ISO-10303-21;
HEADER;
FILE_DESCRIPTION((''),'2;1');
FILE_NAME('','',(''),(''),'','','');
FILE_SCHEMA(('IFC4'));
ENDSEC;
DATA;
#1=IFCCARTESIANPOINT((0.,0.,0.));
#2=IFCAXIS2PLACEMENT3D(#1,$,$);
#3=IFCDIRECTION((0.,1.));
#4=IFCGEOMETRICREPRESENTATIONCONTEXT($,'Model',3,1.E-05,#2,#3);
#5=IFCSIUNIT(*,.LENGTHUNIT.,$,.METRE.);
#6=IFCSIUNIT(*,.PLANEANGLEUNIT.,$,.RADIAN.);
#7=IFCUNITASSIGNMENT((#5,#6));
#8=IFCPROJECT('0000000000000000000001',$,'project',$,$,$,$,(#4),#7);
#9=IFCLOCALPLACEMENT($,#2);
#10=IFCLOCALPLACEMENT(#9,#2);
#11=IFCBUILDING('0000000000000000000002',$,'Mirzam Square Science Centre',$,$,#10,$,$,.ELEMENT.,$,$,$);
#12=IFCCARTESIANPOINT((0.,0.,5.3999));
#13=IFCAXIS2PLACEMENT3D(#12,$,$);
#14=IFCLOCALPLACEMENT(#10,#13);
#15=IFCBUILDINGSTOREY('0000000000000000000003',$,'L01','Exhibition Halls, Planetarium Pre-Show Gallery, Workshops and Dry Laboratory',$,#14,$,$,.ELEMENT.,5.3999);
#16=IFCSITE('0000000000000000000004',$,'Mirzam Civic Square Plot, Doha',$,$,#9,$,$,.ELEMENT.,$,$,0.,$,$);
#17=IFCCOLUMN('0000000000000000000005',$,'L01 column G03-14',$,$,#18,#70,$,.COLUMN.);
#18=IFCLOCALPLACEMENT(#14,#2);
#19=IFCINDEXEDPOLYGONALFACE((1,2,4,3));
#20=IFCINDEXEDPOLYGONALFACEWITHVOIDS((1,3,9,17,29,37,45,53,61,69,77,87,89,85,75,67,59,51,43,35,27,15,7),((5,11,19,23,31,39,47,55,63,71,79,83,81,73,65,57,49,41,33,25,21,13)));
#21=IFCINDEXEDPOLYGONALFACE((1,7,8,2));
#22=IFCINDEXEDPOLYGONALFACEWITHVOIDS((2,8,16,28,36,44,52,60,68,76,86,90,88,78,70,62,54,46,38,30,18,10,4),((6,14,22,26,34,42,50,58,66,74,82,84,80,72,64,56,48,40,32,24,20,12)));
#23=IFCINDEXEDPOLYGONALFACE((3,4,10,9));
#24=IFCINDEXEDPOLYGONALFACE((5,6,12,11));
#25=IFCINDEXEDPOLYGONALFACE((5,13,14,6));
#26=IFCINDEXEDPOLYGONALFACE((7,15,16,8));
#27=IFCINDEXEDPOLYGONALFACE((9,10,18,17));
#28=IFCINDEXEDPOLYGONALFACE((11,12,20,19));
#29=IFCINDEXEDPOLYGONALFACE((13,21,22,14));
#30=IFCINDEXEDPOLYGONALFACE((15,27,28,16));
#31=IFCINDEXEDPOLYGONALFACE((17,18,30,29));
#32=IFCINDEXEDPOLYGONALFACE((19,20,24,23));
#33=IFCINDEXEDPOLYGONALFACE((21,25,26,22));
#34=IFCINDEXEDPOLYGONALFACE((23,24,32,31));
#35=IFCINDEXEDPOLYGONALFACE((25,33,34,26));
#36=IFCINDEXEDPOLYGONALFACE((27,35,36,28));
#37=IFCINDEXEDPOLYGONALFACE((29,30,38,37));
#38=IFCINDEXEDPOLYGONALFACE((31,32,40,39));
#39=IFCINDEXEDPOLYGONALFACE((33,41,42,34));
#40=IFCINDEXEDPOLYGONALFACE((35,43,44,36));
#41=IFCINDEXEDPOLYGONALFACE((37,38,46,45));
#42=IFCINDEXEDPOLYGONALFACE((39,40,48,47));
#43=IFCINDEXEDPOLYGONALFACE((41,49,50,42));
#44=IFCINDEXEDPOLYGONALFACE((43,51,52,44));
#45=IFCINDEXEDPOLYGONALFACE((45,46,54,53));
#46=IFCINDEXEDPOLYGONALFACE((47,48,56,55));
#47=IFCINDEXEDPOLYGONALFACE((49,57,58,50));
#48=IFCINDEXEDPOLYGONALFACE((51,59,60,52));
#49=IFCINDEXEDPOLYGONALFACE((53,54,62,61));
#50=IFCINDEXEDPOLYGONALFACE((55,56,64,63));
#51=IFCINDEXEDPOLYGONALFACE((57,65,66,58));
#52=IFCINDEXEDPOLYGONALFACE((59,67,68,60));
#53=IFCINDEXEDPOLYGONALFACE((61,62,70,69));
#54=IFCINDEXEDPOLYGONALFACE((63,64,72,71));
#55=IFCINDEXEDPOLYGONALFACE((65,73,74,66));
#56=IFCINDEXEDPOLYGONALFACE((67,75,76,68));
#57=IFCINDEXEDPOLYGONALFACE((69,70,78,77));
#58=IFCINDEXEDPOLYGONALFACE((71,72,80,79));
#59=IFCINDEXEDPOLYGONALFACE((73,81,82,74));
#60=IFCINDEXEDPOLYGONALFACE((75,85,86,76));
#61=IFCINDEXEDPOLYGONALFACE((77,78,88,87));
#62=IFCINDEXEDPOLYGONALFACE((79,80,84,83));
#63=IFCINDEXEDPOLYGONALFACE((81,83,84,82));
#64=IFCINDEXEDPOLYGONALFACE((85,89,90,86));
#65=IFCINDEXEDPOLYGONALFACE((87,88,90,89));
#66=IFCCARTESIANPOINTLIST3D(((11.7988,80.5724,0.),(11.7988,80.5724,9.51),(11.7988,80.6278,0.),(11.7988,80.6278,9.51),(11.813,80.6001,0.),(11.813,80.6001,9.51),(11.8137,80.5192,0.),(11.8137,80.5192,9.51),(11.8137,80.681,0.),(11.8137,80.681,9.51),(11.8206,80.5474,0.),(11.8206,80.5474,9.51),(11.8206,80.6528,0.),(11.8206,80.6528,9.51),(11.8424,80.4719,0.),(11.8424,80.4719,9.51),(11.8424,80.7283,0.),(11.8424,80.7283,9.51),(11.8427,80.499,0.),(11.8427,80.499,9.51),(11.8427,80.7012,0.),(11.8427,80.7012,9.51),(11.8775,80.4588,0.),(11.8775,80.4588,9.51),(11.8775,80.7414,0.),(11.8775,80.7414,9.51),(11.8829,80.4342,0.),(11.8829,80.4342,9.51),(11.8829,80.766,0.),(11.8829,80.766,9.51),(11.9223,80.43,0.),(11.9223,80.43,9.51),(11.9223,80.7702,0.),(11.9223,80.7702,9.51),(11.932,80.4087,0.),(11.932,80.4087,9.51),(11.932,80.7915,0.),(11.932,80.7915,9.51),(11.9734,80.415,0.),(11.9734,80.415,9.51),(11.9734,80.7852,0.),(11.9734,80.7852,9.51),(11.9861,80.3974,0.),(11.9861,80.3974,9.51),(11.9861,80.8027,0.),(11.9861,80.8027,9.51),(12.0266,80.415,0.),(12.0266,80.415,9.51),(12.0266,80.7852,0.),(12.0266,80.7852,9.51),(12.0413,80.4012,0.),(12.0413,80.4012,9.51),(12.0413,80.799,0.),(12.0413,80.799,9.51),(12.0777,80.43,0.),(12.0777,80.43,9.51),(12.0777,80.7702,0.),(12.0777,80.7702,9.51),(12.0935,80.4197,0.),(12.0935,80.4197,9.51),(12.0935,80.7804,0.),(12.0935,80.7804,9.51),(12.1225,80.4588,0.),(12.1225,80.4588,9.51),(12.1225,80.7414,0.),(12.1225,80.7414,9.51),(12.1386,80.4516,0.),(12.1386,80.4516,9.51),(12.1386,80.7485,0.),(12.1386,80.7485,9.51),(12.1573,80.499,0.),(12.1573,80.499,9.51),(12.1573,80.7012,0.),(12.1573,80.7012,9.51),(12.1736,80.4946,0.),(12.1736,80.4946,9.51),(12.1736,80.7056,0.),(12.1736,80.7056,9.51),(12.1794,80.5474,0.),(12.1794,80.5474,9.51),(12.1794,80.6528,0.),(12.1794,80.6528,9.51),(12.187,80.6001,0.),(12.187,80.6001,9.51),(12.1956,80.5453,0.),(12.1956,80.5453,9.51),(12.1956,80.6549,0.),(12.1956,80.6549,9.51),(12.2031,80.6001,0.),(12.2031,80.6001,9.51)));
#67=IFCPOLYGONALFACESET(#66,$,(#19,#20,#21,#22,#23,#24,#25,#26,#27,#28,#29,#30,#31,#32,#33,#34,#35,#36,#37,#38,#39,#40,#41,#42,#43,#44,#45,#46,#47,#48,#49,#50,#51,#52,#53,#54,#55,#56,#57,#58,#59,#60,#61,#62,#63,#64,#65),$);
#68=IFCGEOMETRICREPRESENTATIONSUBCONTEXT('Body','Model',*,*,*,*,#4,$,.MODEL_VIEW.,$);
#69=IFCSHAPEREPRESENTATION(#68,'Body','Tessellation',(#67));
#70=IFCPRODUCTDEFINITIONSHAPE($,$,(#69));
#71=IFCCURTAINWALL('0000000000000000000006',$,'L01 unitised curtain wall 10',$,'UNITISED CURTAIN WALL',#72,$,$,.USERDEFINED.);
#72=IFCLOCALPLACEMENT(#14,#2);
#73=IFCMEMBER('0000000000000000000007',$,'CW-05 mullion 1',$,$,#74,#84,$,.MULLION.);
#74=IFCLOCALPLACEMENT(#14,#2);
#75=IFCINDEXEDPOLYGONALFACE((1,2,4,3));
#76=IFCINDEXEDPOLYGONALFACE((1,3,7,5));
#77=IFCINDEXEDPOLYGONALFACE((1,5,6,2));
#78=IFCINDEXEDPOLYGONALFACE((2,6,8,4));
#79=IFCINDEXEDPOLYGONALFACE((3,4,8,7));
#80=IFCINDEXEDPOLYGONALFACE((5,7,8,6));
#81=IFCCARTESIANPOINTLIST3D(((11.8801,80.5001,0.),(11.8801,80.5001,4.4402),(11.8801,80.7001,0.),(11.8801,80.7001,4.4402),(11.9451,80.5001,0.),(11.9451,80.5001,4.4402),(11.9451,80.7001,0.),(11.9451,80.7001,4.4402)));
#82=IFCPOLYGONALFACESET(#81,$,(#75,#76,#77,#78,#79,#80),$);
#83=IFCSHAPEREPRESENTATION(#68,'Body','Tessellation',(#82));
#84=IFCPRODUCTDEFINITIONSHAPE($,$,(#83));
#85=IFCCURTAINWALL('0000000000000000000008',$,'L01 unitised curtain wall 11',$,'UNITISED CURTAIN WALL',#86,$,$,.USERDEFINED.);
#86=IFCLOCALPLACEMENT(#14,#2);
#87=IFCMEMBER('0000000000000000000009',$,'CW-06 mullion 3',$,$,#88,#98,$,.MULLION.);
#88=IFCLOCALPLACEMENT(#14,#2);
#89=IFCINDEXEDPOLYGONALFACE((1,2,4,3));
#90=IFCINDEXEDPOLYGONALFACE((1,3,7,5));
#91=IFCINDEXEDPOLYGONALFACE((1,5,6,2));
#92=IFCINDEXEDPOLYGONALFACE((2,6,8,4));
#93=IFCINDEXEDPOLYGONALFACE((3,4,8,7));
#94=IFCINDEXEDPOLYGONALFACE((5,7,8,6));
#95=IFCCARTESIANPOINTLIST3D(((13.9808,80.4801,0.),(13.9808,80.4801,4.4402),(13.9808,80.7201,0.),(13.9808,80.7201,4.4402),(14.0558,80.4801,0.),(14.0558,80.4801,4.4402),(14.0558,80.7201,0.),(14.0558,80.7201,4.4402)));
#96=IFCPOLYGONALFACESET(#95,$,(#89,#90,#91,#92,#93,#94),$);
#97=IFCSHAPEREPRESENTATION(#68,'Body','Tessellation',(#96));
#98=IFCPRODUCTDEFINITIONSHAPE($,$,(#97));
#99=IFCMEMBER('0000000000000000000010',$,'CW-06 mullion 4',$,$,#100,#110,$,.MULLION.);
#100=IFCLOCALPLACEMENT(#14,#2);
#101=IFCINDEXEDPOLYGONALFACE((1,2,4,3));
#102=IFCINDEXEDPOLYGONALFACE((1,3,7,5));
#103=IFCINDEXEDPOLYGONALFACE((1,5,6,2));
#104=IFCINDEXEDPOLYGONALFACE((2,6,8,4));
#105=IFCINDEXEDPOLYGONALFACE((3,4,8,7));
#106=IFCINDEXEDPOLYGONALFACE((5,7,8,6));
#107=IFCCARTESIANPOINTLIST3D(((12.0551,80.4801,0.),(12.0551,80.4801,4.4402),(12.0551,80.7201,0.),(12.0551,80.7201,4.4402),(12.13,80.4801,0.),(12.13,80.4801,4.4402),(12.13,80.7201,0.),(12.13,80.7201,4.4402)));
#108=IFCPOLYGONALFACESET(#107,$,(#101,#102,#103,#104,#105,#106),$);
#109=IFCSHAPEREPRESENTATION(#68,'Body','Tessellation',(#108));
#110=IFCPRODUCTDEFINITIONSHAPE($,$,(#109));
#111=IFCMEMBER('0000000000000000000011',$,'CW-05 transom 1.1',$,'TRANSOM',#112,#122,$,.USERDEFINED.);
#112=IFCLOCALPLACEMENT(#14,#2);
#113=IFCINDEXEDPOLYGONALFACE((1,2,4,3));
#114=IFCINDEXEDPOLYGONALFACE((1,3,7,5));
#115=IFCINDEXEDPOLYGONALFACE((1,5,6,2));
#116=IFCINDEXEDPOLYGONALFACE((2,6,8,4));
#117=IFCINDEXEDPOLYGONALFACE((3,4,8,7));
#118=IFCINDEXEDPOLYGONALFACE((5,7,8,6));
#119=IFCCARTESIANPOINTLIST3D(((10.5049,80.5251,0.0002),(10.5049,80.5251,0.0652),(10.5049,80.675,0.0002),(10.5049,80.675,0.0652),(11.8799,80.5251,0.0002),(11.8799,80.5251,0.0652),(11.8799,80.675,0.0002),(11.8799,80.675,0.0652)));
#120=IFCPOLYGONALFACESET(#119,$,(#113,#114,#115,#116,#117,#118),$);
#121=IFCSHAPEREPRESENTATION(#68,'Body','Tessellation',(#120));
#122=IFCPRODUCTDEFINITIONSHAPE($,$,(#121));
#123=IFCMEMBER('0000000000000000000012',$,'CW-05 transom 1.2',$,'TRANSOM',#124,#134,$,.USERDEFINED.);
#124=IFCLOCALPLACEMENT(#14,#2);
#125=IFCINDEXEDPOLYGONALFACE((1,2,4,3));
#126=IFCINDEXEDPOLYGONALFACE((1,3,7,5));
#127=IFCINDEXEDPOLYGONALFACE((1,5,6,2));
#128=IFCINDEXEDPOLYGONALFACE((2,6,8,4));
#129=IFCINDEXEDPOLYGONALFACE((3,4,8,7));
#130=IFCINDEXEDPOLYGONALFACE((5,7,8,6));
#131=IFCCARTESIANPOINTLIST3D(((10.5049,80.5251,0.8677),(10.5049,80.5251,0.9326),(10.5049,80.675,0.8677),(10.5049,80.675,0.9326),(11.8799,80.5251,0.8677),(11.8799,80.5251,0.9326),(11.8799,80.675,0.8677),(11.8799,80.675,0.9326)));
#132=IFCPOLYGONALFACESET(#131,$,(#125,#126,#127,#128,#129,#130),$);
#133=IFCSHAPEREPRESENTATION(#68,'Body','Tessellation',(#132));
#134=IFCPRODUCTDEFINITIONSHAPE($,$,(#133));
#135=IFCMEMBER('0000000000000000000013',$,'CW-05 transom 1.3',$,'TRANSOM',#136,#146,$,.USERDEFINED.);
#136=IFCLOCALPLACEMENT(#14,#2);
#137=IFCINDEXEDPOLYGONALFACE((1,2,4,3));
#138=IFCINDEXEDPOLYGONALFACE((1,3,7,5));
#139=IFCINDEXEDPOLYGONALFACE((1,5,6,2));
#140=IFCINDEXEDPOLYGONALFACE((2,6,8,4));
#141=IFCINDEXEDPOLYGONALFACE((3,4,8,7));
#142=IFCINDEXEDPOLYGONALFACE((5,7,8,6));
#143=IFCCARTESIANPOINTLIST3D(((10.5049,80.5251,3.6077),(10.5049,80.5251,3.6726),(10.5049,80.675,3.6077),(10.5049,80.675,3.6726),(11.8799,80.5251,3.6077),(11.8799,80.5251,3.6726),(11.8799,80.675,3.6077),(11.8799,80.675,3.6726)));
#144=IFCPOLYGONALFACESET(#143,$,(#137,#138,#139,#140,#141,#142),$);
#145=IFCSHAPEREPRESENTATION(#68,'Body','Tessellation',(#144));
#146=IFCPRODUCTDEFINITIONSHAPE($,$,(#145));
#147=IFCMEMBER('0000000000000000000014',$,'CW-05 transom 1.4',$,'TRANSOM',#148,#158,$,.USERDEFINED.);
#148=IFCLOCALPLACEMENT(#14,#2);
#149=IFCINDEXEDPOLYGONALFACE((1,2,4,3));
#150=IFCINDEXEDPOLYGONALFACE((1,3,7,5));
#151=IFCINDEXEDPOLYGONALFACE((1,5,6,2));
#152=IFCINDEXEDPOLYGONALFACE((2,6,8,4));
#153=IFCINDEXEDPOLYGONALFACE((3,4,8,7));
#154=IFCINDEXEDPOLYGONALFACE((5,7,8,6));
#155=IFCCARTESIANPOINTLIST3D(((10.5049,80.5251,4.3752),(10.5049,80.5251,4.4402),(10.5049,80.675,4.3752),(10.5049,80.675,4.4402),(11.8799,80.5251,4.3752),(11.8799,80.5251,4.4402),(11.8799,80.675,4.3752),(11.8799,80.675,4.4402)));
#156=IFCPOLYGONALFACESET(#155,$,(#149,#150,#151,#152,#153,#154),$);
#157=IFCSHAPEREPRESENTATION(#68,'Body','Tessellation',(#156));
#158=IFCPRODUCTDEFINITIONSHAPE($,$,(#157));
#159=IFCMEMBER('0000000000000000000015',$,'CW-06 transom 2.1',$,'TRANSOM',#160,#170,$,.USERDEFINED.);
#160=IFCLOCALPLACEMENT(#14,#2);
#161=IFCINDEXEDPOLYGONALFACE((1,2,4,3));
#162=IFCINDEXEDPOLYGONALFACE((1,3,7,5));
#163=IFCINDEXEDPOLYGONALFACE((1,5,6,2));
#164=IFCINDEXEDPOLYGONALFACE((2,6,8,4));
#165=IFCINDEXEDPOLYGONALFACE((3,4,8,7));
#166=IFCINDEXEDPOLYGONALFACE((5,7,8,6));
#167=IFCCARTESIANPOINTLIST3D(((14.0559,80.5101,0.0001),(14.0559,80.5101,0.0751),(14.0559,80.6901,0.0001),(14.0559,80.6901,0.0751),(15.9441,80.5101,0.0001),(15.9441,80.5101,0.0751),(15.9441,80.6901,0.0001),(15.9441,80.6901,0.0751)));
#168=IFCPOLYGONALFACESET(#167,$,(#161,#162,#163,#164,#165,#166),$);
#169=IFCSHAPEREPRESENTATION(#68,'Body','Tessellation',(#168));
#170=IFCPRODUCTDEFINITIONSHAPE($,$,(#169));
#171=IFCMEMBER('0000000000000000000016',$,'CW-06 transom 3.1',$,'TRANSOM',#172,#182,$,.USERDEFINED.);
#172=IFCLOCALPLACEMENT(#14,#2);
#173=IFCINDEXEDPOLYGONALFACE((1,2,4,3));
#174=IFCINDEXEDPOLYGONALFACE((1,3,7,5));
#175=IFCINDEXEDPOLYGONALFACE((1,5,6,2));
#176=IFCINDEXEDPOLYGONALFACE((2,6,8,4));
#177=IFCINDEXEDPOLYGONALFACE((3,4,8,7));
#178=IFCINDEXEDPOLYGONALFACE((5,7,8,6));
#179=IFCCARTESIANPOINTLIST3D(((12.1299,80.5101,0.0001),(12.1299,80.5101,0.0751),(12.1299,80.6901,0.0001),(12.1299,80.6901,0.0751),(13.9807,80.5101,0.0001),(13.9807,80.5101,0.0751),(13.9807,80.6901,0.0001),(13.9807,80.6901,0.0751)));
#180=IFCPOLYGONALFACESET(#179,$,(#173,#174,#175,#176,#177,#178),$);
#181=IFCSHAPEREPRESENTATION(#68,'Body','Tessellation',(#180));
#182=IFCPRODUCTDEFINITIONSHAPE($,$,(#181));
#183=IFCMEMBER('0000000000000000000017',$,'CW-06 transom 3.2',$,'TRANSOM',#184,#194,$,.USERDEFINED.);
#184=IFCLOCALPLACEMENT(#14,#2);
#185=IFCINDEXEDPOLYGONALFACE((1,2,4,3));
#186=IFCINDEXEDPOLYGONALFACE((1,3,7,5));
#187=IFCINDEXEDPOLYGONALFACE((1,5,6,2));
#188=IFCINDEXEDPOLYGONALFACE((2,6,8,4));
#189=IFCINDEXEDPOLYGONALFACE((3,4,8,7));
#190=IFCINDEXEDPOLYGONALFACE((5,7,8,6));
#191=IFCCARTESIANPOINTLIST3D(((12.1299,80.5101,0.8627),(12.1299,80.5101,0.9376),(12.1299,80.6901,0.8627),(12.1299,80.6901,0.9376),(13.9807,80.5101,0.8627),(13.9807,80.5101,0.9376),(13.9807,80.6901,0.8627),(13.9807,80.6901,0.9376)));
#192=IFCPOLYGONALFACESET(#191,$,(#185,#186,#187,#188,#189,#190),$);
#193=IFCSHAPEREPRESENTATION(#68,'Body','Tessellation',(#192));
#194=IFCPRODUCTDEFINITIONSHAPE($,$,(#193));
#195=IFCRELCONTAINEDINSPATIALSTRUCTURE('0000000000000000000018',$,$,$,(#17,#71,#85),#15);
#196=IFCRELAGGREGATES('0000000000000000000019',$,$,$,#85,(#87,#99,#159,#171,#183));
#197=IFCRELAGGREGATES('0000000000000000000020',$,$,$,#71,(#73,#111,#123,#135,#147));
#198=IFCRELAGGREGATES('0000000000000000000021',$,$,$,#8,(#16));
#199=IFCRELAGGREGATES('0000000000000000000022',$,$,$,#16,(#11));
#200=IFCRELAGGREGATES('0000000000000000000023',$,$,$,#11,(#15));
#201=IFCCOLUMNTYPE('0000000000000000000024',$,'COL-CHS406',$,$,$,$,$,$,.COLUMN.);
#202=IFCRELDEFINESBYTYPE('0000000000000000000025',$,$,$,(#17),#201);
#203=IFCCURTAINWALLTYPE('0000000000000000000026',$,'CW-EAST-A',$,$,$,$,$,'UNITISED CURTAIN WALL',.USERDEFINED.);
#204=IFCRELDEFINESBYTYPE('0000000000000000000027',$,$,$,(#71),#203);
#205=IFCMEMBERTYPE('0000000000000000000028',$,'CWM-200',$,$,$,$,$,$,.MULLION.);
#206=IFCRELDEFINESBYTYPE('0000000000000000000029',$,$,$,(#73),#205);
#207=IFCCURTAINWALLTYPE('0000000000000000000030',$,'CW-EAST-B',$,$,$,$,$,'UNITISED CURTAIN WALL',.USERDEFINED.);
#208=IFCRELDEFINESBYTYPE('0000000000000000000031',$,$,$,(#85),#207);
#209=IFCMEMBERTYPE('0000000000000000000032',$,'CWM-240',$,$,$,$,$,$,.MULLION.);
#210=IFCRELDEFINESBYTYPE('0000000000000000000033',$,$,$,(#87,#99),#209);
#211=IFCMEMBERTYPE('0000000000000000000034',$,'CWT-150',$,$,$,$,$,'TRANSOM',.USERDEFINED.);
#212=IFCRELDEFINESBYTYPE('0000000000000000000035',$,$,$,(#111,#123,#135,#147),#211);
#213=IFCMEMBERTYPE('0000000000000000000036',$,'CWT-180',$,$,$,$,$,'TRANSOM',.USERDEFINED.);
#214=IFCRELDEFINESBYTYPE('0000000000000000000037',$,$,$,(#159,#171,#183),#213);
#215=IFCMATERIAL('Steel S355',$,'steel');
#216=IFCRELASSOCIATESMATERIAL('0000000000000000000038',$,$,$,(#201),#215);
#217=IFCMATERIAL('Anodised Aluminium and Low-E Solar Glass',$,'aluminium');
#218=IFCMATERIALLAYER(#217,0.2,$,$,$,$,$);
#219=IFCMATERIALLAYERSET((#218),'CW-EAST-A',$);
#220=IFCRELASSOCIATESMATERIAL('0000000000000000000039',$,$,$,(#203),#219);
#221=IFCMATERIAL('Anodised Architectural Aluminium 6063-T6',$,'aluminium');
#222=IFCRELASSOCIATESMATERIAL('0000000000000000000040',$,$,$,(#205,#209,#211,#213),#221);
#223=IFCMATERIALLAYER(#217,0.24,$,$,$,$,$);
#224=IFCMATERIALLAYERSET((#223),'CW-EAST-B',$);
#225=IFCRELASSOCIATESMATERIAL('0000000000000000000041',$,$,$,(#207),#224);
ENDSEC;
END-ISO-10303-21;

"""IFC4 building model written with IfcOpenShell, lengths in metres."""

from ifc_helpers import new_model, si_unit, direction, frame, origin, origin_2d, place, context, subcontext, project, spatial, rectangle, hollow_circle, extrude, material, layer, layer_set, material_profile, profile_set, type_object, element, aggregate, save


model = new_model("IFC4")

# Units and contexts
model_context = context("Model", 3, precision=1e-05, world=origin(), true_north=direction((0.0, 1.0)))
body_context = subcontext(model_context, "Body", "Model", "MODEL_VIEW")
ifc_project = project(units=[si_unit("LENGTHUNIT", "METRE"), si_unit("PLANEANGLEUNIT", "RADIAN")], contexts=[model_context])

# Site, building, storey
site_placement = place(None, origin())
site = spatial("IfcSite", under=ifc_project, at=site_placement, Name="Mirzam Civic Square Plot, Doha", CompositionType="ELEMENT", RefElevation=0.0)
building_placement = place(site_placement, origin())
building = spatial("IfcBuilding", under=site, at=building_placement, Name="Mirzam Square Science Centre", CompositionType="ELEMENT")
storey_placement = place(building_placement, frame((0.0, 0.0, 5.3999)))
storey = spatial("IfcBuildingStorey", under=building, at=storey_placement, Name="L01", Description="Exhibition Halls, Planetarium Pre-Show Gallery, Workshops and Dry Laboratory", CompositionType="ELEMENT", Elevation=5.3999)

# Column
ifc_material_1 = material(Name="Steel S355", Category="steel")
ifc_material_profile_1 = material_profile(ifc_material_1, hollow_circle(Radius=0.2031, WallThickness=0.0161, at=origin_2d()), Name="406.4x16.0CHS")
ifc_profile_set_1 = profile_set([ifc_material_profile_1], Name="Steel S355")
column_type = type_object("IfcColumnType", Name="COL-CHS406", PredefinedType="COLUMN", material=ifc_profile_set_1)
column_placement = place(storey_placement, frame((12.0, 80.6001, 0.0), z_axis=(0.0, 0.0, 1.0), x_axis=(1.0, 0.0, 0.0)))
element("IfcColumn", 1, at=column_placement, inside=storey, type_object=column_type, Name="L01 column G03-14", PredefinedType="COLUMN", context=body_context, shape_type="SweptSolid", body=[
    extrude(hollow_circle(Radius=0.2031, WallThickness=0.0161, at=origin_2d()), origin(), (0.0, 0.0, 1.0), 9.51),
])

# Curtain wall, member
ifc_material_2 = material(Name="Anodised Aluminium and Low-E Solar Glass", Category="aluminium")
ifc_layer_1 = layer(ifc_material_2, 0.2)
ifc_layer_set_1 = layer_set([ifc_layer_1], Name="CW-EAST-A")
curtain_wall_type_1 = type_object("IfcCurtainWallType", Name="CW-EAST-A", ElementType="UNITISED CURTAIN WALL", PredefinedType="USERDEFINED", material=ifc_layer_set_1)
curtain_wall_1_placement = place(storey_placement, origin())
curtain_wall_1 = element("IfcCurtainWall", 2, at=curtain_wall_1_placement, inside=storey, type_object=curtain_wall_type_1, Name="L01 unitised curtain wall 10", ObjectType="UNITISED CURTAIN WALL", PredefinedType="USERDEFINED")
ifc_material_3 = material(Name="Anodised Architectural Aluminium 6063-T6", Category="aluminium")
ifc_material_profile_2 = material_profile(ifc_material_3, rectangle(XDim=0.0649, YDim=0.2, at=origin_2d()), Name="ALU-MULL-200x65x5")
ifc_profile_set_2 = profile_set([ifc_material_profile_2], Name="Anodised Architectural Aluminium 6063-T6")
member_type_1 = type_object("IfcMemberType", Name="CWM-200", PredefinedType="MULLION", material=ifc_profile_set_2)
member_1_placement = place(storey_placement, frame((11.9126, 80.6001, 0.0), z_axis=(0.0, 0.0, 1.0), x_axis=(-1.0, 0.0, 0.0)))
member_1 = element("IfcMember", 3, at=member_1_placement, type_object=member_type_1, Name="CW-05 mullion 1", PredefinedType="MULLION", context=body_context, shape_type="SweptSolid", body=[
    extrude(rectangle(XDim=0.0649, YDim=0.2, at=origin_2d()), origin(), (0.0, 0.0, 1.0), 4.4402),
])

# Curtain wall, members
ifc_layer_2 = layer(ifc_material_2, 0.24)
ifc_layer_set_2 = layer_set([ifc_layer_2], Name="CW-EAST-B")
curtain_wall_type_2 = type_object("IfcCurtainWallType", Name="CW-EAST-B", ElementType="UNITISED CURTAIN WALL", PredefinedType="USERDEFINED", material=ifc_layer_set_2)
curtain_wall_2_placement = place(storey_placement, origin())
curtain_wall_2 = element("IfcCurtainWall", 4, at=curtain_wall_2_placement, inside=storey, type_object=curtain_wall_type_2, Name="L01 unitised curtain wall 11", ObjectType="UNITISED CURTAIN WALL", PredefinedType="USERDEFINED")
ifc_material_profile_3 = material_profile(ifc_material_3, rectangle(XDim=0.075, YDim=0.24, at=origin_2d()), Name="ALU-MULL-240x75x5")
ifc_profile_set_3 = profile_set([ifc_material_profile_3], Name="Anodised Architectural Aluminium 6063-T6")
member_type_2 = type_object("IfcMemberType", Name="CWM-240", PredefinedType="MULLION", material=ifc_profile_set_3)
member_2_placement = place(storey_placement, frame((14.0183, 80.6001, 0.0), z_axis=(0.0, 0.0, 1.0), x_axis=(-1.0, 0.0, 0.0)))
member_2 = element("IfcMember", 5, at=member_2_placement, type_object=member_type_2, Name="CW-06 mullion 3", PredefinedType="MULLION", context=body_context, shape_type="SweptSolid", body=[
    extrude(rectangle(XDim=0.075, YDim=0.24, at=origin_2d()), origin(), (0.0, 0.0, 1.0), 4.4402),
])
member_3_placement = place(storey_placement, frame((12.0925, 80.6001, 0.0), z_axis=(0.0, 0.0, 1.0), x_axis=(-1.0, 0.0, 0.0)))
member_3 = element("IfcMember", 6, at=member_3_placement, type_object=member_type_2, Name="CW-06 mullion 4", PredefinedType="MULLION", context=body_context, shape_type="SweptSolid", body=[
    extrude(rectangle(XDim=0.075, YDim=0.24, at=origin_2d()), origin(), (0.0, 0.0, 1.0), 4.4402),
])

# Members
ifc_material_profile_4 = material_profile(ifc_material_3, rectangle(XDim=0.1499, YDim=0.0649, at=origin_2d()), Name="ALU-TRAN-150x65x4")
ifc_profile_set_4 = profile_set([ifc_material_profile_4], Name="Anodised Architectural Aluminium 6063-T6")
member_type_3 = type_object("IfcMemberType", Name="CWT-150", ElementType="TRANSOM", PredefinedType="USERDEFINED", material=ifc_profile_set_4)
member_4_placement = place(storey_placement, frame((11.8799, 80.6001, 0.0327), z_axis=(-1.0, 0.0, 0.0), x_axis=(0.0, -1.0, 0.0)))
member_4 = element("IfcMember", 7, at=member_4_placement, type_object=member_type_3, Name="CW-05 transom 1.1", ObjectType="TRANSOM", PredefinedType="USERDEFINED", context=body_context, shape_type="SweptSolid", body=[
    extrude(rectangle(XDim=0.1499, YDim=0.0649, at=origin_2d()), origin(), (0.0, 0.0, 1.0), 1.375),
])
member_5_placement = place(storey_placement, frame((11.8799, 80.6001, 0.9001), z_axis=(-1.0, 0.0, 0.0), x_axis=(0.0, -1.0, 0.0)))
member_5 = element("IfcMember", 8, at=member_5_placement, type_object=member_type_3, Name="CW-05 transom 1.2", ObjectType="TRANSOM", PredefinedType="USERDEFINED", context=body_context, shape_type="SweptSolid", body=[
    extrude(rectangle(XDim=0.1499, YDim=0.0649, at=origin_2d()), origin(), (0.0, 0.0, 1.0), 1.375),
])
member_6_placement = place(storey_placement, frame((11.8799, 80.6001, 3.6401), z_axis=(-1.0, 0.0, 0.0), x_axis=(0.0, -1.0, 0.0)))
member_6 = element("IfcMember", 9, at=member_6_placement, type_object=member_type_3, Name="CW-05 transom 1.3", ObjectType="TRANSOM", PredefinedType="USERDEFINED", context=body_context, shape_type="SweptSolid", body=[
    extrude(rectangle(XDim=0.1499, YDim=0.0649, at=origin_2d()), origin(), (0.0, 0.0, 1.0), 1.375),
])
member_7_placement = place(storey_placement, frame((11.8799, 80.6001, 4.4077), z_axis=(-1.0, 0.0, 0.0), x_axis=(0.0, -1.0, 0.0)))
member_7 = element("IfcMember", 10, at=member_7_placement, type_object=member_type_3, Name="CW-05 transom 1.4", ObjectType="TRANSOM", PredefinedType="USERDEFINED", context=body_context, shape_type="SweptSolid", body=[
    extrude(rectangle(XDim=0.1499, YDim=0.0649, at=origin_2d()), origin(), (0.0, 0.0, 1.0), 1.375),
])
ifc_material_profile_5 = material_profile(ifc_material_3, rectangle(XDim=0.1799, YDim=0.075, at=origin_2d()), Name="ALU-TRAN-180x75x5")
ifc_profile_set_5 = profile_set([ifc_material_profile_5], Name="Anodised Architectural Aluminium 6063-T6")
member_type_4 = type_object("IfcMemberType", Name="CWT-180", ElementType="TRANSOM", PredefinedType="USERDEFINED", material=ifc_profile_set_5)
member_8_placement = place(storey_placement, frame((15.9441, 80.6001, 0.0376), z_axis=(-1.0, 0.0, 0.0), x_axis=(0.0, -1.0, 0.0)))
member_8 = element("IfcMember", 11, at=member_8_placement, type_object=member_type_4, Name="CW-06 transom 2.1", ObjectType="TRANSOM", PredefinedType="USERDEFINED", context=body_context, shape_type="SweptSolid", body=[
    extrude(rectangle(XDim=0.1799, YDim=0.075, at=origin_2d()), origin(), (0.0, 0.0, 1.0), 1.8882),
])
member_9_placement = place(storey_placement, frame((13.9807, 80.6001, 0.0376), z_axis=(-1.0, 0.0, 0.0), x_axis=(0.0, -1.0, 0.0)))
member_9 = element("IfcMember", 12, at=member_9_placement, type_object=member_type_4, Name="CW-06 transom 3.1", ObjectType="TRANSOM", PredefinedType="USERDEFINED", context=body_context, shape_type="SweptSolid", body=[
    extrude(rectangle(XDim=0.1799, YDim=0.075, at=origin_2d()), origin(), (0.0, 0.0, 1.0), 1.8508),
])
member_10_placement = place(storey_placement, frame((13.9807, 80.6001, 0.9001), z_axis=(-1.0, 0.0, 0.0), x_axis=(0.0, -1.0, 0.0)))
member_10 = element("IfcMember", 13, at=member_10_placement, type_object=member_type_4, Name="CW-06 transom 3.2", ObjectType="TRANSOM", PredefinedType="USERDEFINED", context=body_context, shape_type="SweptSolid", body=[
    extrude(rectangle(XDim=0.1799, YDim=0.075, at=origin_2d()), origin(), (0.0, 0.0, 1.0), 1.8508),
])

aggregate(curtain_wall_2, [member_2, member_3, member_8, member_9, member_10])
aggregate(curtain_wall_1, [member_1, member_4, member_5, member_6, member_7])

save(model, "model.ifc")
